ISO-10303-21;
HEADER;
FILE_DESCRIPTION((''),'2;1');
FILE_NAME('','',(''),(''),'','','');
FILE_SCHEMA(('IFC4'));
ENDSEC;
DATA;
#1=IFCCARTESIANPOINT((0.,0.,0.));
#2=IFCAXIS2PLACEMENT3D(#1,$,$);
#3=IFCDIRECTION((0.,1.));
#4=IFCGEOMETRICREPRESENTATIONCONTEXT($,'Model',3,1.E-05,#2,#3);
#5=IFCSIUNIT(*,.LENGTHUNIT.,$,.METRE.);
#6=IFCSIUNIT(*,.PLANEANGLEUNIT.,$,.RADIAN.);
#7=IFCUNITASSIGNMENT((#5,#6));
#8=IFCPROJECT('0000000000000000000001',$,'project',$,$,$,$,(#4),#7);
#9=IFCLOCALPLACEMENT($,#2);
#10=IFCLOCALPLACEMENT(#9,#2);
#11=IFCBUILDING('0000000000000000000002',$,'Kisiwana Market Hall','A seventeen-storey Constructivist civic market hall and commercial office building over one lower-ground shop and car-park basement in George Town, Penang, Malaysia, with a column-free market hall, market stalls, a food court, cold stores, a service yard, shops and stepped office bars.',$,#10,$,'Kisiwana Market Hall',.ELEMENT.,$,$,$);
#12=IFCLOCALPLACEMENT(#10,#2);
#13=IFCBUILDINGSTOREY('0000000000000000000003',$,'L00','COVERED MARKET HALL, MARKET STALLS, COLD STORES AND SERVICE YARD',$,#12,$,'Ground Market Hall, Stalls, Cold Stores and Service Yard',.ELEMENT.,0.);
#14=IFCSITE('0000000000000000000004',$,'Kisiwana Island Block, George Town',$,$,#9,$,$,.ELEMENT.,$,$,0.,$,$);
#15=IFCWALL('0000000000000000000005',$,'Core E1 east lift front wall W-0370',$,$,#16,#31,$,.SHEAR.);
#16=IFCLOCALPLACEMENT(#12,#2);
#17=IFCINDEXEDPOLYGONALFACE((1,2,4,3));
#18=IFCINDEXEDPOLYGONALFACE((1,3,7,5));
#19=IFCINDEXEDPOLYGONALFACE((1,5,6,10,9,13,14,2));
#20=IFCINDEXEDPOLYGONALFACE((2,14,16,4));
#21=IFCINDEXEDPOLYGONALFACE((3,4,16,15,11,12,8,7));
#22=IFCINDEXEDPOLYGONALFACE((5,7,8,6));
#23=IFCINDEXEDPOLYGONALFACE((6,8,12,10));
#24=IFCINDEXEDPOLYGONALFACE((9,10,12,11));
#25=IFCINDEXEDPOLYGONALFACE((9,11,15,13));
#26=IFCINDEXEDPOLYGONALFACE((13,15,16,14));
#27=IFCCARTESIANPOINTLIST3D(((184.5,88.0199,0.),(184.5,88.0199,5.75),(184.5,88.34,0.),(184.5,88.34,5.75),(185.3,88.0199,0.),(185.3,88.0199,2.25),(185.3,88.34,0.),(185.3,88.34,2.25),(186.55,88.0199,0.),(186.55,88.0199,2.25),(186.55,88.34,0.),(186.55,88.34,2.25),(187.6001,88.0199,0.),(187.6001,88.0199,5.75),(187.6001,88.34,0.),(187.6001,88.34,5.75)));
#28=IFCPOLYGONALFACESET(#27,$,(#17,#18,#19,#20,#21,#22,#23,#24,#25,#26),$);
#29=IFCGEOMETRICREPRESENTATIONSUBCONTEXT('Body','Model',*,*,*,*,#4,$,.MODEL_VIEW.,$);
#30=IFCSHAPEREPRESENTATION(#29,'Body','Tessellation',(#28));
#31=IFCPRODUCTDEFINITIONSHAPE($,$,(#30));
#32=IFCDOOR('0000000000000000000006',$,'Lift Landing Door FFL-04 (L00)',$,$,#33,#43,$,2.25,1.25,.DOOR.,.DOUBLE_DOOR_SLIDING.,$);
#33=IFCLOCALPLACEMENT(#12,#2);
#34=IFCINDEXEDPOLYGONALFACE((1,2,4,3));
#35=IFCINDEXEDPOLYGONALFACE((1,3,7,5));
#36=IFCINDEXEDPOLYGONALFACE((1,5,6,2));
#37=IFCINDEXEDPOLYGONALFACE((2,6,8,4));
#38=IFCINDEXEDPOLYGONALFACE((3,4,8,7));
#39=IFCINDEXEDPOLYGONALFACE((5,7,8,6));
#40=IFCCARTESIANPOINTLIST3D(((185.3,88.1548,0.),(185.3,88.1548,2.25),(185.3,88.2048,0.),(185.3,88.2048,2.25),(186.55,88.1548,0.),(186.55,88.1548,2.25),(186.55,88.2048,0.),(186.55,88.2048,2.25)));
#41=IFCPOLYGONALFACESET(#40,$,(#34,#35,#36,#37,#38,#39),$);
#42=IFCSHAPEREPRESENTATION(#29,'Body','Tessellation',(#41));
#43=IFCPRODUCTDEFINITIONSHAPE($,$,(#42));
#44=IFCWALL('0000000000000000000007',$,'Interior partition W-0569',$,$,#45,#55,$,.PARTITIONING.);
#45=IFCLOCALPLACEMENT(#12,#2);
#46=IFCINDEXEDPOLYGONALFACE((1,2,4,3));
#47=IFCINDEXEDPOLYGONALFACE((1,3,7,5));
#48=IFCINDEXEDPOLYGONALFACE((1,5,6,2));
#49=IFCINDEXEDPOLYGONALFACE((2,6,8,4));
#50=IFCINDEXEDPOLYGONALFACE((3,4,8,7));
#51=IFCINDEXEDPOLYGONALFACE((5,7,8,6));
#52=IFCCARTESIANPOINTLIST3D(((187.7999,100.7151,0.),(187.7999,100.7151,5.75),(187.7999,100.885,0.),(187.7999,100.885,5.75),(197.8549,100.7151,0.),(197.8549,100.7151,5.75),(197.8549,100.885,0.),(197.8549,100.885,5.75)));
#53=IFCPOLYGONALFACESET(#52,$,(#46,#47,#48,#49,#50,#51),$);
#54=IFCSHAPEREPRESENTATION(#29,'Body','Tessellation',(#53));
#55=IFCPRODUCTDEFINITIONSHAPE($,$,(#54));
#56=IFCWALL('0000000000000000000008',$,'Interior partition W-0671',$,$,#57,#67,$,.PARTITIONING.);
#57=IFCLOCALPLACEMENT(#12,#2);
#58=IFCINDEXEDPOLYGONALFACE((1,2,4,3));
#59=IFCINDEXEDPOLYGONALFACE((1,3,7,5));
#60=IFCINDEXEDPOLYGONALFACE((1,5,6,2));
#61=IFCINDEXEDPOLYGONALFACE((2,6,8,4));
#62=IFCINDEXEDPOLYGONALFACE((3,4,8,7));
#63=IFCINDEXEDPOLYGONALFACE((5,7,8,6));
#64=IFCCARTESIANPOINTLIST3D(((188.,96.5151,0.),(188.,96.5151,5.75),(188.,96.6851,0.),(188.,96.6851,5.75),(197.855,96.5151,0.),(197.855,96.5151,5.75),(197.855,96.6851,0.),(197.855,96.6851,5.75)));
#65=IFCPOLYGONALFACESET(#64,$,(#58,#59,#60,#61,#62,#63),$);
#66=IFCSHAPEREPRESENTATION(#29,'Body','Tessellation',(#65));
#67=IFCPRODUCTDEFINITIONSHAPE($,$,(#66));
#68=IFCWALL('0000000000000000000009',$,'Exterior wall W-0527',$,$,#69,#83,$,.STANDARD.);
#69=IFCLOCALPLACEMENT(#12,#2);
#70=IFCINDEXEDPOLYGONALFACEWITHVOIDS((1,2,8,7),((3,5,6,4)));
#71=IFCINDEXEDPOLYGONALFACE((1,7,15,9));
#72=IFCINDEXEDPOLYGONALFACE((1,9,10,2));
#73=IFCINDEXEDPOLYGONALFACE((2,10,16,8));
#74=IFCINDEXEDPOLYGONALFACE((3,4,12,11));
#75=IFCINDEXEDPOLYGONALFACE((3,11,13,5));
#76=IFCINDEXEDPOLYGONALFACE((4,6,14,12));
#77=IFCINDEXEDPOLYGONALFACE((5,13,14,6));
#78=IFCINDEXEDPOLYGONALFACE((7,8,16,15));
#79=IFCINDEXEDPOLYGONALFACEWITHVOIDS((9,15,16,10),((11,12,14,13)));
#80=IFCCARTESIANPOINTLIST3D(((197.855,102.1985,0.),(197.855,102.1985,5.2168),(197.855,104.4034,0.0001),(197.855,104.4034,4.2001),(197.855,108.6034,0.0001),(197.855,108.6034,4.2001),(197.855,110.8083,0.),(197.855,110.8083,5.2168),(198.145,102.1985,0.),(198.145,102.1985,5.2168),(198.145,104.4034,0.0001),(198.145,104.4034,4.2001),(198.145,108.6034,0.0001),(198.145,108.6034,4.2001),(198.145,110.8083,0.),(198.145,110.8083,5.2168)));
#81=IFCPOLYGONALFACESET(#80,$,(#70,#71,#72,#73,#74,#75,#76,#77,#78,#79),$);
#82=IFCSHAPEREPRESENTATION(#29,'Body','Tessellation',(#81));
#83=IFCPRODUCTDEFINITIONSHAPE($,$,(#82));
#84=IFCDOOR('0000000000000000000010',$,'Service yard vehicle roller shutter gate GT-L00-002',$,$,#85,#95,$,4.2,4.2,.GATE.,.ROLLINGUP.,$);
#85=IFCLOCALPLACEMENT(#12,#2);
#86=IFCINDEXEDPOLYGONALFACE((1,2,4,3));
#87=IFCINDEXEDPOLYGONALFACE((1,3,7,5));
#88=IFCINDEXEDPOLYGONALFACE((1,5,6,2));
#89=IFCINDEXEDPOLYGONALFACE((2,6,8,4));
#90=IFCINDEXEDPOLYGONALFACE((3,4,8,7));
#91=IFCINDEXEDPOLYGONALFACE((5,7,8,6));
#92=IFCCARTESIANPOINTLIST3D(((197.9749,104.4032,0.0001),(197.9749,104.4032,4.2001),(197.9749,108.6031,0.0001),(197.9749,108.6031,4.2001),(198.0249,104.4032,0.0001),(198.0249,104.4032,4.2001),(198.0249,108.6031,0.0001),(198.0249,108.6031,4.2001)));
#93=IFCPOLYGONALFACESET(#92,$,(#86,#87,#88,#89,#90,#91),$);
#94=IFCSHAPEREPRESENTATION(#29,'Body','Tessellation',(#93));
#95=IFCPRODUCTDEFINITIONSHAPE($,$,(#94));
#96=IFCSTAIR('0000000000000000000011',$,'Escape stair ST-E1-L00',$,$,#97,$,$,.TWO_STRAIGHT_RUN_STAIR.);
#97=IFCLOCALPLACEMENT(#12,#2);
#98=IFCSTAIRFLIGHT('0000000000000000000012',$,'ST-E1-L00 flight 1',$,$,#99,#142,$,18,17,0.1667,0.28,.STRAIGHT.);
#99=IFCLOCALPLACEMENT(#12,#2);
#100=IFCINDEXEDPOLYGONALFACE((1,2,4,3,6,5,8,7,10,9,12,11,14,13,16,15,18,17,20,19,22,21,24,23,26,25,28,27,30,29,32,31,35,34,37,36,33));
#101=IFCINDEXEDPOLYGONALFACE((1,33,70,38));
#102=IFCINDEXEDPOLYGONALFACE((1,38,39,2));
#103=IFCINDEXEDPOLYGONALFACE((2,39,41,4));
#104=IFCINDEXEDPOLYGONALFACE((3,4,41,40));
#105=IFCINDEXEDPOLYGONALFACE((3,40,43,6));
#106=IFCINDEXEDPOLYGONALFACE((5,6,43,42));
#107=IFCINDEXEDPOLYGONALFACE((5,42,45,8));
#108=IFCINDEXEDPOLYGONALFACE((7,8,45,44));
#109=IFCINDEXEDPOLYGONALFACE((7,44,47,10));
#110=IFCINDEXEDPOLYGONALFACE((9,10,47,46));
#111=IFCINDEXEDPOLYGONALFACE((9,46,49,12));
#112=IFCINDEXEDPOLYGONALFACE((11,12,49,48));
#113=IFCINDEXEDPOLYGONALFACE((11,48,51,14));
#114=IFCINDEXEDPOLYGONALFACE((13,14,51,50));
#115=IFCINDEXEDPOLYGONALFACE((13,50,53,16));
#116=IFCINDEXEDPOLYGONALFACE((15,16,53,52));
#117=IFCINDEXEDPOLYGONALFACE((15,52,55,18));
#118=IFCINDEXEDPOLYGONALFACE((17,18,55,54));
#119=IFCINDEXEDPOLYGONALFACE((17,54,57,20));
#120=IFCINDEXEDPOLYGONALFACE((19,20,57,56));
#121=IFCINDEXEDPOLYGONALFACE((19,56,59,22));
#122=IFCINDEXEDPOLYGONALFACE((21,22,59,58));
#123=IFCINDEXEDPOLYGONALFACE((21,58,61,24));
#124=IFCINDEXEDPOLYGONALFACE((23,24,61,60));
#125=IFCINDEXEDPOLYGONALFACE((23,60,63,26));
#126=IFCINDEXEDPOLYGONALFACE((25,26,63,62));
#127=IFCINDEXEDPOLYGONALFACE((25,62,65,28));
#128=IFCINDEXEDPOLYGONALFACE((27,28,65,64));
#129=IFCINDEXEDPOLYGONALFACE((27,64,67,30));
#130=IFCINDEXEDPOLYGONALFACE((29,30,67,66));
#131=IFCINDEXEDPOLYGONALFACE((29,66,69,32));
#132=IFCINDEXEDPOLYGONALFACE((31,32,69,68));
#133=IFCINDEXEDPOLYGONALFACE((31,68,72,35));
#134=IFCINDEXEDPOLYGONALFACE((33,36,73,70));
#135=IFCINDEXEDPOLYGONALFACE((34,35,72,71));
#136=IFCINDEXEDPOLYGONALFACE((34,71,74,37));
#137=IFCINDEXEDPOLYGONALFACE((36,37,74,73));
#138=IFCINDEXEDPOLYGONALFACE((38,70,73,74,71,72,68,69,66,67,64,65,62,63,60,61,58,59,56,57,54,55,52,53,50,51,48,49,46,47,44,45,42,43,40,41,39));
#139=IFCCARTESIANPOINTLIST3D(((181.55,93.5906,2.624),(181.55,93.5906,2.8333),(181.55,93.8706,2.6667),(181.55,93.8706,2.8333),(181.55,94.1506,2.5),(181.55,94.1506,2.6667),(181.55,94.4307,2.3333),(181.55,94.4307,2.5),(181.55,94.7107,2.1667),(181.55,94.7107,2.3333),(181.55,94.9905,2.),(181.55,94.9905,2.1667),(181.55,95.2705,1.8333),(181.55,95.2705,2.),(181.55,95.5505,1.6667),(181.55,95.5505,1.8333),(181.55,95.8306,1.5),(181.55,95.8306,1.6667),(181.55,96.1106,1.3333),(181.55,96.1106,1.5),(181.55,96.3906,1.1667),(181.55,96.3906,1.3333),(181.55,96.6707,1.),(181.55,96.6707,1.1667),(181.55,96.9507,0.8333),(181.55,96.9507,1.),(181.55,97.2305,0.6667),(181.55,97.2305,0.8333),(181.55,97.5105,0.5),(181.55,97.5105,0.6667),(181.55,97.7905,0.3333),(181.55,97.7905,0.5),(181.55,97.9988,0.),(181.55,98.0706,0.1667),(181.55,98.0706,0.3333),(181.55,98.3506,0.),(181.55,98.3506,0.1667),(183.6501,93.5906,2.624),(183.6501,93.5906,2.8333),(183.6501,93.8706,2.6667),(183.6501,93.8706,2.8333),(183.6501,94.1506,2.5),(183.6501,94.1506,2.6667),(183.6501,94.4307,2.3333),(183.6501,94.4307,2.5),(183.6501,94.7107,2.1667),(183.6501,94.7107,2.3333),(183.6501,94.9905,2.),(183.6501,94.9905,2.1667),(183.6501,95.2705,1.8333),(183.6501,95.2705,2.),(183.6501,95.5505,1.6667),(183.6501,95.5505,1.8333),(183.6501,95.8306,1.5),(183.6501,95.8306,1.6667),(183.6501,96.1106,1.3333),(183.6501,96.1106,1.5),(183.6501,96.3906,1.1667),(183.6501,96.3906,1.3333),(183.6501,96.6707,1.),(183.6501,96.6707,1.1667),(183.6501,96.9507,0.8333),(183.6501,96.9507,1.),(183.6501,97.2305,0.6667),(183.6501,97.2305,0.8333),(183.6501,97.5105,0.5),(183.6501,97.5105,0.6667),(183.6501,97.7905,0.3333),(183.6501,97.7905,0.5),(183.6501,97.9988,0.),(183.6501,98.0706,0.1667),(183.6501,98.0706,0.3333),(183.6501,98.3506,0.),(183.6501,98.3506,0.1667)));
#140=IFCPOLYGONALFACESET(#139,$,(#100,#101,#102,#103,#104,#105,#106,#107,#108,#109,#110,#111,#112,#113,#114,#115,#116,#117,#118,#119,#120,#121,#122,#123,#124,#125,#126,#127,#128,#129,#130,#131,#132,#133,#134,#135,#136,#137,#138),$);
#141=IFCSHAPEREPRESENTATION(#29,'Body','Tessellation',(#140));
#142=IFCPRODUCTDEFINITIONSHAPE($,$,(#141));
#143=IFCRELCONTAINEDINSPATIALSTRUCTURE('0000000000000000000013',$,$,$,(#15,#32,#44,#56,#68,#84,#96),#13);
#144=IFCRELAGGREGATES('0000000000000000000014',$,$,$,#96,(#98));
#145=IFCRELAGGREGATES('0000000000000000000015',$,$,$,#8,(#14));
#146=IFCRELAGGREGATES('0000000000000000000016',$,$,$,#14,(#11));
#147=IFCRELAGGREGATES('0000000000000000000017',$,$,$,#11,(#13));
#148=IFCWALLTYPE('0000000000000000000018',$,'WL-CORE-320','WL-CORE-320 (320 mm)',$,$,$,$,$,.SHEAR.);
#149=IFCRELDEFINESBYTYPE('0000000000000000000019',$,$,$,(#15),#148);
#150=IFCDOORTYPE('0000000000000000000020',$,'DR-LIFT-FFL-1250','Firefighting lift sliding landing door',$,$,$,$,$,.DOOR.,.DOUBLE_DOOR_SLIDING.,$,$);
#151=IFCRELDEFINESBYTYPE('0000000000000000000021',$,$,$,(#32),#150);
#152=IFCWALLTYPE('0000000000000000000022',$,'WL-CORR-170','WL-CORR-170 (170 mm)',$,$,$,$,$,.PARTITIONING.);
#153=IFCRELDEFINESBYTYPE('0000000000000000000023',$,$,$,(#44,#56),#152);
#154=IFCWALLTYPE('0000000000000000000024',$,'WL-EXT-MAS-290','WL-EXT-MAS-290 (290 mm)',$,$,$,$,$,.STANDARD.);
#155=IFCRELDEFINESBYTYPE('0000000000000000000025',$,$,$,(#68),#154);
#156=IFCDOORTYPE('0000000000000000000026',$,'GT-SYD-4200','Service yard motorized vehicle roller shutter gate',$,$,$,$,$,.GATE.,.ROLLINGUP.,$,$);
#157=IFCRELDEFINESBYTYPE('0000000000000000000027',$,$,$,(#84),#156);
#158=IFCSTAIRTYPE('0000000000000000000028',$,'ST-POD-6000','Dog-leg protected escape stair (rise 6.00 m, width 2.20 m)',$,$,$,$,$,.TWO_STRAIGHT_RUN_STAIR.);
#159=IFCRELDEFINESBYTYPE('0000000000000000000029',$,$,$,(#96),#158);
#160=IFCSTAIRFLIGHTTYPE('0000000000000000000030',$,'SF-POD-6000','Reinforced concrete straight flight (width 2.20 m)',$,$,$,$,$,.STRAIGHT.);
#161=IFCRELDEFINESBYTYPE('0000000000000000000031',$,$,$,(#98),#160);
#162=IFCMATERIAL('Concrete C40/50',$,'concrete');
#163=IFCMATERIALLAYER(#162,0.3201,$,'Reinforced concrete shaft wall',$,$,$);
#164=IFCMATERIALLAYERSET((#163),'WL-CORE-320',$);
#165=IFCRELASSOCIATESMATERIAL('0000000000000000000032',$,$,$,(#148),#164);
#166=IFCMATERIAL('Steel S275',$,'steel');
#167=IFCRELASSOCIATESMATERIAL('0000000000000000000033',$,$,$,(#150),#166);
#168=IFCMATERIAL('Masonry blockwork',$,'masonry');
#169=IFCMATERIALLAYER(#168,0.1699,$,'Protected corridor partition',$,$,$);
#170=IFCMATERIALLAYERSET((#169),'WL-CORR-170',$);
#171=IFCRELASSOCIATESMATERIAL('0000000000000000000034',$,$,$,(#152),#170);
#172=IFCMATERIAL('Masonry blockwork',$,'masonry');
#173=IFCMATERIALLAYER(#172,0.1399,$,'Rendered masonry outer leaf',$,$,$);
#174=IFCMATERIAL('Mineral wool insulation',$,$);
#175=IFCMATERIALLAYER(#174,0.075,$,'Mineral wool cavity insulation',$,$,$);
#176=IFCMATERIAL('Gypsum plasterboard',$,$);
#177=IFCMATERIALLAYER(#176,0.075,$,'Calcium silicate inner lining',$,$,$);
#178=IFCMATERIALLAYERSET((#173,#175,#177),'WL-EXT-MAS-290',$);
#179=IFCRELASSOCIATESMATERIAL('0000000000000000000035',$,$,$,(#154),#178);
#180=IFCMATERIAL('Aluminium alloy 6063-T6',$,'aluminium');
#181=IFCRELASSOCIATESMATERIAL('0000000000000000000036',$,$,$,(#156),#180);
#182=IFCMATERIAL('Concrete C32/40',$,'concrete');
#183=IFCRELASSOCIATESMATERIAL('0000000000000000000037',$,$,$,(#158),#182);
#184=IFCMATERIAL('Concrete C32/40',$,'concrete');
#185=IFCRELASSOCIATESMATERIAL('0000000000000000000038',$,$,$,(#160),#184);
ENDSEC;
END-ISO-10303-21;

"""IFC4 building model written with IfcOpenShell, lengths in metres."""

from ifc_helpers import new_model, si_unit, direction, frame, frame_2d, origin, place, context, subcontext, project, spatial, polyline, rectangle, outline, extrude, material, layer, layer_set, type_object, element, fill, aggregate, save


model = new_model("IFC4")

# Units and contexts
model_context = context("Model", 3, precision=1e-05, world=origin(), true_north=direction((0.0, 1.0)))
body_context = subcontext(model_context, "Body", "Model", "MODEL_VIEW")
ifc_project = project(units=[si_unit("LENGTHUNIT", "METRE"), si_unit("PLANEANGLEUNIT", "RADIAN")], contexts=[model_context])

# Site, building, storey
site_placement = place(None, origin())
site = spatial("IfcSite", under=ifc_project, at=site_placement, Name="Kisiwana Island Block, George Town", CompositionType="ELEMENT", RefElevation=0.0)
building_placement = place(site_placement, origin())
building = spatial("IfcBuilding", under=site, at=building_placement, Name="Kisiwana Market Hall", Description="A seventeen-storey Constructivist civic market hall and commercial office building over one lower-ground shop and car-park basement in George Town, Penang, Malaysia, with a column-free market hall, market stalls, a food court, cold stores, a service yard, shops and stepped office bars.", LongName="Kisiwana Market Hall", CompositionType="ELEMENT")
storey_placement = place(building_placement, origin())
storey = spatial("IfcBuildingStorey", under=building, at=storey_placement, Name="L00", Description="COVERED MARKET HALL, MARKET STALLS, COLD STORES AND SERVICE YARD", LongName="Ground Market Hall, Stalls, Cold Stores and Service Yard", CompositionType="ELEMENT", Elevation=0.0)

# Shared definitions
ifc_material_1 = material(Name="Concrete C40/50", Category="concrete")
ifc_layer_1 = layer(ifc_material_1, 0.3201, Name="Reinforced concrete shaft wall")
ifc_layer_set_1 = layer_set([ifc_layer_1], Name="WL-CORE-320")
wall_type_1 = type_object("IfcWallType", Name="WL-CORE-320", Description="WL-CORE-320 (320 mm)", PredefinedType="SHEAR", material=ifc_layer_set_1)

# Wall, opening, door
wall_1_placement = place(storey_placement, frame((184.5, 88.1799, 0.0), z_axis=(0.0, 0.0, 1.0), x_axis=(1.0, 0.0, 0.0)))
wall_1 = element("IfcWall", 1, at=wall_1_placement, inside=storey, type_object=wall_type_1, Name="Core E1 east lift front wall W-0370", PredefinedType="SHEAR", context=body_context, shape_type="SweptSolid", body=[
    extrude(rectangle(XDim=3.1001, YDim=0.3201, at=frame_2d((1.55, 0.0))), origin(), (0.0, 0.0, 1.0), 5.75),
])
opening_1_placement = place(wall_1_placement, frame((0.8, 0.0, 0.0)))
opening_1 = element("IfcOpeningElement", 2, at=opening_1_placement, cuts=wall_1, PredefinedType="OPENING", context=body_context, shape_type="SweptSolid", body=[
    extrude(rectangle(XDim=1.25, YDim=2.25, at=frame_2d((0.625, 1.125))), frame((0.0, 0.1719, 0.0), z_axis=(0.0, -1.0, 0.0), x_axis=(1.0, 0.0, 0.0)), (0.0, 0.0, 1.0), 0.344),
])
ifc_material_2 = material(Name="Steel S275", Category="steel")
door_type_1 = type_object("IfcDoorType", Name="DR-LIFT-FFL-1250", Description="Firefighting lift sliding landing door", OperationType="DOUBLE_DOOR_SLIDING", PredefinedType="DOOR", material=ifc_material_2)
door_1_placement = place(opening_1_placement, origin())
door_1 = element("IfcDoor", 3, at=door_1_placement, inside=storey, type_object=door_type_1, Name="Lift Landing Door FFL-04 (L00)", OperationType="DOUBLE_DOOR_SLIDING", OverallHeight=2.25, OverallWidth=1.25, PredefinedType="DOOR", context=body_context, shape_type="SweptSolid", body=[
    extrude(rectangle(XDim=1.25, YDim=2.25, at=frame_2d((0.625, 1.125))), frame((0.0, 0.0249, 0.0), z_axis=(0.0, -1.0, 0.0), x_axis=(1.0, 0.0, 0.0)), (0.0, 0.0, 1.0), 0.05),
])
fill(opening_1, door_1)

# Walls
ifc_material_3 = material(Name="Masonry blockwork", Category="masonry")
ifc_layer_2 = layer(ifc_material_3, 0.1699, Name="Protected corridor partition")
ifc_layer_set_2 = layer_set([ifc_layer_2], Name="WL-CORR-170")
wall_type_2 = type_object("IfcWallType", Name="WL-CORR-170", Description="WL-CORR-170 (170 mm)", PredefinedType="PARTITIONING", material=ifc_layer_set_2)
wall_2_placement = place(storey_placement, frame((187.8, 100.8, 0.0), z_axis=(0.0, 0.0, 1.0), x_axis=(1.0, 0.0, 0.0)))
element("IfcWall", 4, at=wall_2_placement, inside=storey, type_object=wall_type_2, Name="Interior partition W-0569", PredefinedType="PARTITIONING", context=body_context, shape_type="SweptSolid", body=[
    extrude(rectangle(XDim=10.0549, YDim=0.1699, at=frame_2d((5.0273, 0.0))), origin(), (0.0, 0.0, 1.0), 5.75),
])
wall_3_placement = place(storey_placement, frame((188.0, 96.6001, 0.0), z_axis=(0.0, 0.0, 1.0), x_axis=(1.0, 0.0, 0.0)))
element("IfcWall", 5, at=wall_3_placement, inside=storey, type_object=wall_type_2, Name="Interior partition W-0671", PredefinedType="PARTITIONING", context=body_context, shape_type="SweptSolid", body=[
    extrude(rectangle(XDim=9.855, YDim=0.1699, at=frame_2d((4.9275, 0.0))), origin(), (0.0, 0.0, 1.0), 5.75),
])

# Wall, opening, door
ifc_material_4 = material(Name="Masonry blockwork", Category="masonry")
ifc_layer_3 = layer(ifc_material_4, 0.1399, Name="Rendered masonry outer leaf")
ifc_material_5 = material(Name="Mineral wool insulation")
ifc_layer_4 = layer(ifc_material_5, 0.075, Name="Mineral wool cavity insulation")
ifc_material_6 = material(Name="Gypsum plasterboard")
ifc_layer_5 = layer(ifc_material_6, 0.075, Name="Calcium silicate inner lining")
ifc_layer_set_3 = layer_set([ifc_layer_3, ifc_layer_4, ifc_layer_5], Name="WL-EXT-MAS-290")
wall_type_3 = type_object("IfcWallType", Name="WL-EXT-MAS-290", Description="WL-EXT-MAS-290 (290 mm)", PredefinedType="STANDARD", material=ifc_layer_set_3)
wall_4_placement = place(storey_placement, frame((198.0, 102.1985, 0.0), z_axis=(0.0, 0.0, 1.0), x_axis=(0.0, 1.0, 0.0)))
wall_4 = element("IfcWall", 6, at=wall_4_placement, inside=storey, type_object=wall_type_3, Name="Exterior wall W-0527", PredefinedType="STANDARD", context=body_context, shape_type="SweptSolid", body=[
    extrude(rectangle(XDim=8.6099, YDim=0.29, at=frame_2d((4.3049, 0.0))), origin(), (0.0, 0.0, 1.0), 5.2168),
])
opening_2_placement = place(wall_4_placement, frame((2.2048, 0.0, 0.0)))
opening_2 = element("IfcOpeningElement", 7, at=opening_2_placement, cuts=wall_4, PredefinedType="OPENING", context=body_context, shape_type="SweptSolid", body=[
    extrude(rectangle(XDim=4.2, YDim=4.2, at=frame_2d((2.1001, 2.1001))), frame((0.0, 0.157, 0.0), z_axis=(0.0, -1.0, 0.0), x_axis=(1.0, 0.0, 0.0)), (0.0, 0.0, 1.0), 0.314),
])
ifc_material_7 = material(Name="Aluminium alloy 6063-T6", Category="aluminium")
door_type_2 = type_object("IfcDoorType", Name="GT-SYD-4200", Description="Service yard motorized vehicle roller shutter gate", OperationType="ROLLINGUP", PredefinedType="GATE", material=ifc_material_7)
door_2_placement = place(opening_2_placement, frame((4.2, 0.0, 0.0), z_axis=(0.0, 0.0, 1.0), x_axis=(-1.0, 0.0, 0.0)))
door_2 = element("IfcDoor", 8, at=door_2_placement, inside=storey, type_object=door_type_2, Name="Service yard vehicle roller shutter gate GT-L00-002", OperationType="ROLLINGUP", OverallHeight=4.2, OverallWidth=4.2, PredefinedType="GATE", context=body_context, shape_type="SweptSolid", body=[
    extrude(rectangle(XDim=4.2, YDim=4.2, at=frame_2d((2.1001, 2.1001))), frame((0.0, 0.0249, 0.0), z_axis=(0.0, -1.0, 0.0), x_axis=(1.0, 0.0, 0.0)), (0.0, 0.0, 1.0), 0.05),
])
fill(opening_2, door_2)

# Stair, stair flight
ifc_material_8 = material(Name="Concrete C32/40", Category="concrete")
stair_type = type_object("IfcStairType", Name="ST-POD-6000", Description="Dog-leg protected escape stair (rise 6.00 m, width 2.20 m)", PredefinedType="TWO_STRAIGHT_RUN_STAIR", material=ifc_material_8)
stair_placement = place(storey_placement, origin())
stair = element("IfcStair", 9, at=stair_placement, inside=storey, type_object=stair_type, Name="Escape stair ST-E1-L00", PredefinedType="TWO_STRAIGHT_RUN_STAIR")
ifc_material_9 = material(Name="Concrete C32/40", Category="concrete")
stair_flight_type = type_object("IfcStairFlightType", Name="SF-POD-6000", Description="Reinforced concrete straight flight (width 2.20 m)", PredefinedType="STRAIGHT", material=ifc_material_9)
stair_flight_1_placement = place(storey_placement, frame((182.6001, 98.3506, 0.0), z_axis=(0.0, 0.0, 1.0), x_axis=(0.0, -1.0, 0.0)))
stair_flight_1 = element("IfcStairFlight", 10, at=stair_flight_1_placement, type_object=stair_flight_type, Name="ST-E1-L00 flight 1", NumberOfRisers=18, NumberOfTreads=17, PredefinedType="STRAIGHT", RiserHeight=0.1667, TreadLength=0.28, context=body_context, shape_type="SweptSolid", body=[
    extrude(outline(polyline([(0.0, 0.0), (0.0, 0.1667), (0.28, 0.1667), (0.28, 0.3333), (0.5601, 0.3333), (0.5601, 0.5), (0.8401, 0.5), (0.8401, 0.6667), (1.1201, 0.6667), (1.1201, 0.8333), (1.3999, 0.8333), (1.3999, 1.0), (1.6799, 1.0), (1.6799, 1.1667), (1.96, 1.1667), (1.96, 1.3333), (2.24, 1.3333), (2.24, 1.5), (2.52, 1.5), (2.52, 1.6667), (2.8, 1.6667), (2.8, 1.8333), (3.0801, 1.8333), (3.0801, 2.0), (3.3601, 2.0), (3.3601, 2.1667), (3.6399, 2.1667), (3.6399, 2.3333), (3.9199, 2.3333), (3.9199, 2.5), (4.2, 2.5), (4.2, 2.6667), (4.48, 2.6667), (4.48, 2.8333), (4.76, 2.8333), (4.76, 3.0), (4.76, 2.624), (0.3518, 0.0), (0.0, 0.0)])), frame((0.0, 1.05, 0.0), z_axis=(0.0, -1.0, 0.0), x_axis=(1.0, 0.0, 0.0)), (0.0, 0.0, 1.0), 2.1001),
])
aggregate(stair, [stair_flight_1])

save(model, "model.ifc")
